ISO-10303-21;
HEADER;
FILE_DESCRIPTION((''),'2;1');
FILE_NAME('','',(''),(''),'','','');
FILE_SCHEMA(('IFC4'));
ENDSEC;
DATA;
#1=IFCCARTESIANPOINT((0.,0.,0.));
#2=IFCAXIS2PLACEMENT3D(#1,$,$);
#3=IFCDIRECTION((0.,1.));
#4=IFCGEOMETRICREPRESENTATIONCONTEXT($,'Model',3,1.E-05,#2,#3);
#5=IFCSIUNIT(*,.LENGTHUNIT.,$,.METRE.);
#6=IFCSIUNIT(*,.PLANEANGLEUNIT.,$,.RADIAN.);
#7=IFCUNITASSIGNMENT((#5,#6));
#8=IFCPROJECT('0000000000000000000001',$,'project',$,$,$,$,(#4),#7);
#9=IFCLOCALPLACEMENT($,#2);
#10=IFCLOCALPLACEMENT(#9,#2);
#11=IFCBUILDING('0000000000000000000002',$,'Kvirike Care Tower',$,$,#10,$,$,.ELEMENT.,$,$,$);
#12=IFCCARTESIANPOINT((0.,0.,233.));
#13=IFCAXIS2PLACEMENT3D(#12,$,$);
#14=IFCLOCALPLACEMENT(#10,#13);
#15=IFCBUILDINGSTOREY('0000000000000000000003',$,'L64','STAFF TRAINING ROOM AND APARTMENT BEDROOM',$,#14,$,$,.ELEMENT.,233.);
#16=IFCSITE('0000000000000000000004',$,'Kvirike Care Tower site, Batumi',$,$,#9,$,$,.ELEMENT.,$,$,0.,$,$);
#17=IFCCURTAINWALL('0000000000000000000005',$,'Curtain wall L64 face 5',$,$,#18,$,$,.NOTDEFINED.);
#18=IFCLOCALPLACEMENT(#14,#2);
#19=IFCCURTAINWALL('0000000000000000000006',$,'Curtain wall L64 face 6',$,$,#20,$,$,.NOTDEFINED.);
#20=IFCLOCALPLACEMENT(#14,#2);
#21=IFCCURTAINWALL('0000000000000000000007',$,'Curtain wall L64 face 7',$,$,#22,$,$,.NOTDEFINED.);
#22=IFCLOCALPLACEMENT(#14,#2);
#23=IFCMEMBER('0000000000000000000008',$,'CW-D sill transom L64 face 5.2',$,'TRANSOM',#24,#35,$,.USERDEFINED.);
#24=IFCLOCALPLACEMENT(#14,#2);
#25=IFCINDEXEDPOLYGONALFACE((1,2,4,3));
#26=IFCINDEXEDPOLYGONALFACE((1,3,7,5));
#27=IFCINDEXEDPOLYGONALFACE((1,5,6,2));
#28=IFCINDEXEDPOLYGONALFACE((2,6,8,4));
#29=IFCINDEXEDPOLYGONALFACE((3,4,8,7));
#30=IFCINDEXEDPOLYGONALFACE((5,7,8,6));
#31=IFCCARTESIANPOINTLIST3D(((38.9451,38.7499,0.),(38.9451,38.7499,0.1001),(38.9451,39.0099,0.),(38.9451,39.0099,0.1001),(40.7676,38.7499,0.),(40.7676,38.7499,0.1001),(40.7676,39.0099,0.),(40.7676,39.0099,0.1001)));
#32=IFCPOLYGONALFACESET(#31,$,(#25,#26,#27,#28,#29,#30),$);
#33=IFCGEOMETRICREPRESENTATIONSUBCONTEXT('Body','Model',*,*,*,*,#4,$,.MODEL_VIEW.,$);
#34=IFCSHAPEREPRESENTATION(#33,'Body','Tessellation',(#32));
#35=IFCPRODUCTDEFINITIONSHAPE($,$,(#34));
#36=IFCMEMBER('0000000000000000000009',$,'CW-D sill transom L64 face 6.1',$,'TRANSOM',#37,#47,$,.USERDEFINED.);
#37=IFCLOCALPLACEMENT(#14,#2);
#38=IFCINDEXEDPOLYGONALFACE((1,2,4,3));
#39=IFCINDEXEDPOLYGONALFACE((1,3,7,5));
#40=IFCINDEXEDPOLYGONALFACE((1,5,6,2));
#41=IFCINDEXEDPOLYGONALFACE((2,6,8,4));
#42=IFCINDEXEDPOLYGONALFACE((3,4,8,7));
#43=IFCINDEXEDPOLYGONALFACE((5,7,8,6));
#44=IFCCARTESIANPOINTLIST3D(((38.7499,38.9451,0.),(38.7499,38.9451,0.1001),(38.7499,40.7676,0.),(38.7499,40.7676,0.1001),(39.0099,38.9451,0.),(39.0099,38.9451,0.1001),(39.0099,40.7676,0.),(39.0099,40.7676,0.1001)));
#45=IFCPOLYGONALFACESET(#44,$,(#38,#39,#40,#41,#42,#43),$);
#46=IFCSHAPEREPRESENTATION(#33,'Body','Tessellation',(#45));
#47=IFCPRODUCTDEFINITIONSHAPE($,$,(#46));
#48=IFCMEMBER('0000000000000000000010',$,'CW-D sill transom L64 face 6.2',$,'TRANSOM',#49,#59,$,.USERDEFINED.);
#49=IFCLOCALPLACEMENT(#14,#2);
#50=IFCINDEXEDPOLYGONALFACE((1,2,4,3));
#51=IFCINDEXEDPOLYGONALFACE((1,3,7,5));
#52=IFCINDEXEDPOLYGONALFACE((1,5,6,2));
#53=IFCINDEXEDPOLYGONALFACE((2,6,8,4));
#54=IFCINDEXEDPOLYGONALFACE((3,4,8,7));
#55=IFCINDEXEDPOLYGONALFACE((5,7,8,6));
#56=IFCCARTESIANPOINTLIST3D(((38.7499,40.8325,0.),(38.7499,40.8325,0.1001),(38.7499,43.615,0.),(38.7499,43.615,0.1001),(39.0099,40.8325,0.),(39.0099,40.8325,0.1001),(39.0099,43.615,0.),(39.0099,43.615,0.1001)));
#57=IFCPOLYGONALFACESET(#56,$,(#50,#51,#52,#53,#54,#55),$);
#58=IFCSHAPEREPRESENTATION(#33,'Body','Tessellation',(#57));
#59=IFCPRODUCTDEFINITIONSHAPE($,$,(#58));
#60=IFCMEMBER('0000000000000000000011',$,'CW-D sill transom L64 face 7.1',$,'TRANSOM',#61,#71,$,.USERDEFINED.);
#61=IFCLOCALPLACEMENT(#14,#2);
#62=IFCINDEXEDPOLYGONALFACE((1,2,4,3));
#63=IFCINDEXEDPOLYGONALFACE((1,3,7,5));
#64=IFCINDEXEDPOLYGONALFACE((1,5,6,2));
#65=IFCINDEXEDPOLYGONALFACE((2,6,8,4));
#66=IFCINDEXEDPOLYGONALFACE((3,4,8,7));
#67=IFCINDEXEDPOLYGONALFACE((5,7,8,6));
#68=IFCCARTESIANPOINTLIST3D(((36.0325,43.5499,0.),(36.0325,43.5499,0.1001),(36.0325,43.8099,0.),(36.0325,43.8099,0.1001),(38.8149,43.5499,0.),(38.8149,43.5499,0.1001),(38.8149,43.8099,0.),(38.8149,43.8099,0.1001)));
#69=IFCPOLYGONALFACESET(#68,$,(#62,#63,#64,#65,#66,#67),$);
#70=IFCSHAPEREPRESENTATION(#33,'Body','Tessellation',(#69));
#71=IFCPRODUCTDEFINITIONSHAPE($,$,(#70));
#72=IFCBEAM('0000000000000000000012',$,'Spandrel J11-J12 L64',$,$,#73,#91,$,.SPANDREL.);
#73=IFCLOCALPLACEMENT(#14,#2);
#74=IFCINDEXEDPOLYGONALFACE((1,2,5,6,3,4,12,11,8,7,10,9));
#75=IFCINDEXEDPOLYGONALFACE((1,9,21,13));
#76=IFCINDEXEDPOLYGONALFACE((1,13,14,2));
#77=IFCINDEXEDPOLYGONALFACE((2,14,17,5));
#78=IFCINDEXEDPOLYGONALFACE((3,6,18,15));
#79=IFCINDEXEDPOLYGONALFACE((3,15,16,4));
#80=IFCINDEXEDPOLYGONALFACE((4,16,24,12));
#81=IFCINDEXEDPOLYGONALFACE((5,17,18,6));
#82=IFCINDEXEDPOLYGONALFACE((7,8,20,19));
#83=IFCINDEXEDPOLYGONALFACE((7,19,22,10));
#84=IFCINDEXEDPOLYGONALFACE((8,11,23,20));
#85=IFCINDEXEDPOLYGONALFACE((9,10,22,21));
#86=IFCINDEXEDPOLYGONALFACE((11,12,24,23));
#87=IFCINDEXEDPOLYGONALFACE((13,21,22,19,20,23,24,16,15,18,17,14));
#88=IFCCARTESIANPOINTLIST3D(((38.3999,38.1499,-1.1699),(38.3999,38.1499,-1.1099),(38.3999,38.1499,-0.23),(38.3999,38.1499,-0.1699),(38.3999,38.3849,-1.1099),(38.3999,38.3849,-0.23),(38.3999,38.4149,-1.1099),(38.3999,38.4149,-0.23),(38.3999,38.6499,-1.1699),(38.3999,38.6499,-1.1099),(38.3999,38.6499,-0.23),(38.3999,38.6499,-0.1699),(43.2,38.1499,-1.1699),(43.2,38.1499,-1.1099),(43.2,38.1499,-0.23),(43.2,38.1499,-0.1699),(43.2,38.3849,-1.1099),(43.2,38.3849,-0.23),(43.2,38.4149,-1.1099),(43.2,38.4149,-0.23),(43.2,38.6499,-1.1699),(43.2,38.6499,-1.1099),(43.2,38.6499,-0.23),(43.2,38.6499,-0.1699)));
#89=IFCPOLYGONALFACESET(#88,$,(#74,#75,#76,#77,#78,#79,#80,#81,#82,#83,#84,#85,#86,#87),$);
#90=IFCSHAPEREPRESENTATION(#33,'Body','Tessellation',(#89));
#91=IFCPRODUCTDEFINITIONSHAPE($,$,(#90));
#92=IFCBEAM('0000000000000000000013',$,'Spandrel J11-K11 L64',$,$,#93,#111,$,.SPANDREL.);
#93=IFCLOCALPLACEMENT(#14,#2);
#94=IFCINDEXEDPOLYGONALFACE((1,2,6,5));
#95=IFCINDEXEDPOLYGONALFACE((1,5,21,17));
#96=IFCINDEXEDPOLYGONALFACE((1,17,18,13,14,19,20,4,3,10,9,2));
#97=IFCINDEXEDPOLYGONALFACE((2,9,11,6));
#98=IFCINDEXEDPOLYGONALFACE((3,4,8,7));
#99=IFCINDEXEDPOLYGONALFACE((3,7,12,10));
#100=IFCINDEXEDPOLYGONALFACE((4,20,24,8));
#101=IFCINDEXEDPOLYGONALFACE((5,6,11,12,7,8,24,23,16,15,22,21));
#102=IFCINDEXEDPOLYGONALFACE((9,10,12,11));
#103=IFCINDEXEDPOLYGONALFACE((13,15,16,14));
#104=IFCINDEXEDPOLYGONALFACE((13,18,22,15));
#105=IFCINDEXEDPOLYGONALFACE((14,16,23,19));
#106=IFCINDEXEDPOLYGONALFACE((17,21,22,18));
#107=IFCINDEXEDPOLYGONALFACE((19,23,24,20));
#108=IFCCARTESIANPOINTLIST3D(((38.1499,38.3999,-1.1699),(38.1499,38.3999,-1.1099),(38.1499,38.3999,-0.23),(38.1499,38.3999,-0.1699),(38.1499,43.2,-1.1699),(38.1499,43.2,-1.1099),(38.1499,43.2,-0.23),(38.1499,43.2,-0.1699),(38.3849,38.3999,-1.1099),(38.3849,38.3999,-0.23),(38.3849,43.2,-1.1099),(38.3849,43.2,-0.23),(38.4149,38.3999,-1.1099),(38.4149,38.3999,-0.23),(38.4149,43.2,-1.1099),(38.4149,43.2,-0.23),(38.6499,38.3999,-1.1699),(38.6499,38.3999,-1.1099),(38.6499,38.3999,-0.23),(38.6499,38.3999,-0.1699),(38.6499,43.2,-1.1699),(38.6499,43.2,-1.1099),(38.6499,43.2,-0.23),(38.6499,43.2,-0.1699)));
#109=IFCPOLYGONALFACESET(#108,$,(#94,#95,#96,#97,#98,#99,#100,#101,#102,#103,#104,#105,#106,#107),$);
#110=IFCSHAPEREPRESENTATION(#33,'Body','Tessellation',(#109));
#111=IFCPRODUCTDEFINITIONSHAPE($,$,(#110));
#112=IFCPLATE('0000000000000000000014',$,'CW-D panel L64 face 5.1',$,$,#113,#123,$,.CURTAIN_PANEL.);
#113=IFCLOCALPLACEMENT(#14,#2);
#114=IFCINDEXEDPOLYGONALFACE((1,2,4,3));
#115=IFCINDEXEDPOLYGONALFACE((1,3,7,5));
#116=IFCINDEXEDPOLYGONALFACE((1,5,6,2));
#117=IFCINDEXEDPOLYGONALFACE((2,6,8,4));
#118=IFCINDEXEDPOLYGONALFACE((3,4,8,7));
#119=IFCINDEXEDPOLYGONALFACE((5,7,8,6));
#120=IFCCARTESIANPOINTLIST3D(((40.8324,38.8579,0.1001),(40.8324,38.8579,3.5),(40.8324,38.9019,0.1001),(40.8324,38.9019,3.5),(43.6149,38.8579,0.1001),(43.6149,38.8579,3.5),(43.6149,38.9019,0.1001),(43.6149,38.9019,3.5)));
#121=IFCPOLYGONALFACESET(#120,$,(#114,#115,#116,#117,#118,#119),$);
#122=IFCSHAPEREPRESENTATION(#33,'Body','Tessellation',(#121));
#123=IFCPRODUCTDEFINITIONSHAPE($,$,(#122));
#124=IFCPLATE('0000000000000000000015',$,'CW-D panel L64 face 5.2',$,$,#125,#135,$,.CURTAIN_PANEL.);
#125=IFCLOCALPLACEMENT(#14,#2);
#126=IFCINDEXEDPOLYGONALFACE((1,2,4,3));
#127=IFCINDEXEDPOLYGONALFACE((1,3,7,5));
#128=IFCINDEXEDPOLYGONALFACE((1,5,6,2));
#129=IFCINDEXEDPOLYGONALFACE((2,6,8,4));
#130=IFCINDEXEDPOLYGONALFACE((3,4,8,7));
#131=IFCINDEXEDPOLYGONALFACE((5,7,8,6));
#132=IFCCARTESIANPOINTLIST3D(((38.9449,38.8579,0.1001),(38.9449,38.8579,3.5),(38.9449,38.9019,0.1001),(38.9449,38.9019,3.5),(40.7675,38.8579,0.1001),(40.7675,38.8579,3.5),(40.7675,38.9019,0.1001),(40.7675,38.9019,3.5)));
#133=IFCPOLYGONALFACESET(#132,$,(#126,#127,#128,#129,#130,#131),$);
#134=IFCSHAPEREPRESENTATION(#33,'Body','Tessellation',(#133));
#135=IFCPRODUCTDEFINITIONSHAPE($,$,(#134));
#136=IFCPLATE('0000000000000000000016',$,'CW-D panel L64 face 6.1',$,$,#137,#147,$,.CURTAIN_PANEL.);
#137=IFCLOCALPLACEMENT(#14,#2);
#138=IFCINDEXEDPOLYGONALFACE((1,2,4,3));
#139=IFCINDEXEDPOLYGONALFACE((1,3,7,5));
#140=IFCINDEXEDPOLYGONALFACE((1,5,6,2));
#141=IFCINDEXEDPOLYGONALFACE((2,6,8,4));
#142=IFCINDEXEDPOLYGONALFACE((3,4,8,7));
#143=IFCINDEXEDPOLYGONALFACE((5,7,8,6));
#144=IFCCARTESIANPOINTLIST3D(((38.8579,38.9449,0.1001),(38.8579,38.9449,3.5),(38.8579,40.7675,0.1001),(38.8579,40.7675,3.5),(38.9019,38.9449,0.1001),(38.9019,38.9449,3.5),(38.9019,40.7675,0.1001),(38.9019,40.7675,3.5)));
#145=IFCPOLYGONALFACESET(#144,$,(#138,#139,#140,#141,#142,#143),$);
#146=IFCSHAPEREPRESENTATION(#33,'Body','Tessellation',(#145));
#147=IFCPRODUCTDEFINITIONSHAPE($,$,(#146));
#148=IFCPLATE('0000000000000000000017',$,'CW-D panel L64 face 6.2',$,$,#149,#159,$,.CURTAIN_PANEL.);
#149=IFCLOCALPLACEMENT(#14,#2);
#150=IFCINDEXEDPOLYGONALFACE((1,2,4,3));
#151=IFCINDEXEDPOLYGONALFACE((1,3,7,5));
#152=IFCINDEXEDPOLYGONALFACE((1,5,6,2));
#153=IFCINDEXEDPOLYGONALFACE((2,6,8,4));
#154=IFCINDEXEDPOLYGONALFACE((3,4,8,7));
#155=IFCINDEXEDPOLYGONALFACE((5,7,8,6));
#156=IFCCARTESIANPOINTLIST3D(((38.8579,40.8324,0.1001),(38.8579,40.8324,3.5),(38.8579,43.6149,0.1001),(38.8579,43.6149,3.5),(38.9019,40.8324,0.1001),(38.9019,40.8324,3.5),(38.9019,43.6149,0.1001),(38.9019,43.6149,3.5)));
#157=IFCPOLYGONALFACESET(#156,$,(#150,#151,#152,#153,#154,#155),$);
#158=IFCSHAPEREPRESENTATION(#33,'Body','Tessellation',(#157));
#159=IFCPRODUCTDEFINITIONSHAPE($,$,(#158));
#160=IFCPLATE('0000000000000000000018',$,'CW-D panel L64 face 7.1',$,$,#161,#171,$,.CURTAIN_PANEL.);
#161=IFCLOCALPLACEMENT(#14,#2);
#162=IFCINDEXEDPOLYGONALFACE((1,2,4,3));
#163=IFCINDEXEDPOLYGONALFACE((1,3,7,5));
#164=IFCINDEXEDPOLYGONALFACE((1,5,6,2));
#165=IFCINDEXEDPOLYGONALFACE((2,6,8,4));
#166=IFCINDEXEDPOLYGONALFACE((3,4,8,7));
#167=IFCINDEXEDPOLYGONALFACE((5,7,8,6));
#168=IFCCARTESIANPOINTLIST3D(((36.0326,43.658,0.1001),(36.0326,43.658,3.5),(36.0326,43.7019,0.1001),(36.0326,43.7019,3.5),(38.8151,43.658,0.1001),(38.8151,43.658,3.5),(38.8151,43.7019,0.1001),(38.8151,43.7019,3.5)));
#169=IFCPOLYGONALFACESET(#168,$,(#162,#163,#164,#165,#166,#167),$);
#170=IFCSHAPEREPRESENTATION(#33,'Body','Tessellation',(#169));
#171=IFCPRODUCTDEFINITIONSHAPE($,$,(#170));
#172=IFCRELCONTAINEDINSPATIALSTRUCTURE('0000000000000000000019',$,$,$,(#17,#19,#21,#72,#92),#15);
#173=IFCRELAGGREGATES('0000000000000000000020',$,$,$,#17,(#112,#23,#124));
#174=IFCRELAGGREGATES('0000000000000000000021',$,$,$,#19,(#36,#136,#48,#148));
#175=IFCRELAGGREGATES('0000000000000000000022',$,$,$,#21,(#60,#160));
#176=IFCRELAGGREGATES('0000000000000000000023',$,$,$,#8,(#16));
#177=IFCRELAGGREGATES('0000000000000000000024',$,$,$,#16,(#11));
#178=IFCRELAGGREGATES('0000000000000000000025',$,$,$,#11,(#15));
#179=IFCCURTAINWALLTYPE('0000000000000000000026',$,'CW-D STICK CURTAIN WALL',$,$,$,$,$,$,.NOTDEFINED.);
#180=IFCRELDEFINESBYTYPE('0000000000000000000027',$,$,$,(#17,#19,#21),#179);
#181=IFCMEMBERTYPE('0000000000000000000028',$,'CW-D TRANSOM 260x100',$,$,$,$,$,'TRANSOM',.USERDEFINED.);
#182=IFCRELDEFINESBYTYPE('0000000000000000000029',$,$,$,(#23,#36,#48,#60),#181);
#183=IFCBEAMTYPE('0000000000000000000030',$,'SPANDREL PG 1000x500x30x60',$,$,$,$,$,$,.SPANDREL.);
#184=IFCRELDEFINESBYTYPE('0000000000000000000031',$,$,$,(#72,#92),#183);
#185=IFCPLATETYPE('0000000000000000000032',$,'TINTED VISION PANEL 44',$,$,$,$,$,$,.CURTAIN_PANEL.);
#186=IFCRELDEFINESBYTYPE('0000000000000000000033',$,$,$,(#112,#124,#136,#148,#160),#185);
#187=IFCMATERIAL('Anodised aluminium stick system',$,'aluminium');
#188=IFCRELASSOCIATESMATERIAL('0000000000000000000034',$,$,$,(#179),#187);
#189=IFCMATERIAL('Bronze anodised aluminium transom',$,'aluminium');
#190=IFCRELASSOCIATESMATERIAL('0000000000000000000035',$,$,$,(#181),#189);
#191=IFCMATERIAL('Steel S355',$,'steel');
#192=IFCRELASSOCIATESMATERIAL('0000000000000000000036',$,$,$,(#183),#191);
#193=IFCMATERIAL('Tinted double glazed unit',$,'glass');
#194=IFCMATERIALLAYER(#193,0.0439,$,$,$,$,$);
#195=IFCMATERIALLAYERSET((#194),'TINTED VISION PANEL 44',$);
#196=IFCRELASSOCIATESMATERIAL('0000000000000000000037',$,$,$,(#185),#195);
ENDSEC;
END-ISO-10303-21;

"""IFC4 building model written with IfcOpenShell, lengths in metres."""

from ifc_helpers import new_model, si_unit, direction, frame, origin, origin_2d, place, context, subcontext, project, spatial, rectangle, i_section, extrude, material, layer, layer_set, material_profile, profile_set, type_object, element, aggregate, save


model = new_model("IFC4")

# Units and contexts
model_context = context("Model", 3, precision=1e-05, world=origin(), true_north=direction((0.0, 1.0)))
body_context = subcontext(model_context, "Body", "Model", "MODEL_VIEW")
ifc_project = project(units=[si_unit("LENGTHUNIT", "METRE"), si_unit("PLANEANGLEUNIT", "RADIAN")], contexts=[model_context])

# Site, building, storey
site_placement = place(None, origin())
site = spatial("IfcSite", under=ifc_project, at=site_placement, Name="Kvirike Care Tower site, Batumi", CompositionType="ELEMENT", RefElevation=0.0)
building_placement = place(site_placement, origin())
building = spatial("IfcBuilding", under=site, at=building_placement, Name="Kvirike Care Tower", CompositionType="ELEMENT")
storey_placement = place(building_placement, frame((0.0, 0.0, 233.0)))
storey = spatial("IfcBuildingStorey", under=building, at=storey_placement, Name="L64", Description="STAFF TRAINING ROOM AND APARTMENT BEDROOM", CompositionType="ELEMENT", Elevation=233.0)

# Curtain walls
ifc_material_1 = material(Name="Anodised aluminium stick system", Category="aluminium")
curtain_wall_type = type_object("IfcCurtainWallType", Name="CW-D STICK CURTAIN WALL", PredefinedType="NOTDEFINED", material=ifc_material_1)
curtain_wall_1_placement = place(storey_placement, origin())
curtain_wall_1 = element("IfcCurtainWall", 1, at=curtain_wall_1_placement, inside=storey, type_object=curtain_wall_type, Name="Curtain wall L64 face 5", PredefinedType="NOTDEFINED")
curtain_wall_2_placement = place(storey_placement, origin())
curtain_wall_2 = element("IfcCurtainWall", 2, at=curtain_wall_2_placement, inside=storey, type_object=curtain_wall_type, Name="Curtain wall L64 face 6", PredefinedType="NOTDEFINED")

# Curtain wall
curtain_wall_3_placement = place(storey_placement, origin())
curtain_wall_3 = element("IfcCurtainWall", 3, at=curtain_wall_3_placement, inside=storey, type_object=curtain_wall_type, Name="Curtain wall L64 face 7", PredefinedType="NOTDEFINED")

# Members
ifc_material_2 = material(Name="Bronze anodised aluminium transom", Category="aluminium")
ifc_material_profile_1 = material_profile(ifc_material_2, rectangle(XDim=0.26, YDim=0.1001, at=origin_2d()), Name="CW-D TRANSOM 260x100")
ifc_profile_set_1 = profile_set([ifc_material_profile_1], Name="Bronze anodised aluminium transom")
member_type_1 = type_object("IfcMemberType", Name="CW-D TRANSOM 260x100", ElementType="TRANSOM", PredefinedType="USERDEFINED", material=ifc_profile_set_1)
member_1_placement = place(storey_placement, frame((40.7676, 38.8799, 0.05), z_axis=(-1.0, 0.0, 0.0), x_axis=(0.0, -1.0, 0.0)))
member_1 = element("IfcMember", 4, at=member_1_placement, type_object=member_type_1, Name="CW-D sill transom L64 face 5.2", ObjectType="TRANSOM", PredefinedType="USERDEFINED", context=body_context, shape_type="SweptSolid", body=[
    extrude(rectangle(XDim=0.26, YDim=0.1001, at=origin_2d()), origin(), (0.0, 0.0, 1.0), 1.8225),
])
member_2_placement = place(storey_placement, frame((38.8799, 38.9451, 0.05), z_axis=(0.0, 1.0, 0.0), x_axis=(-1.0, 0.0, 0.0)))
member_2 = element("IfcMember", 5, at=member_2_placement, type_object=member_type_1, Name="CW-D sill transom L64 face 6.1", ObjectType="TRANSOM", PredefinedType="USERDEFINED", context=body_context, shape_type="SweptSolid", body=[
    extrude(rectangle(XDim=0.26, YDim=0.1001, at=origin_2d()), origin(), (0.0, 0.0, 1.0), 1.8225),
])
member_3_placement = place(storey_placement, frame((38.8799, 40.8325, 0.05), z_axis=(0.0, 1.0, 0.0), x_axis=(-1.0, 0.0, 0.0)))
member_3 = element("IfcMember", 6, at=member_3_placement, type_object=member_type_1, Name="CW-D sill transom L64 face 6.2", ObjectType="TRANSOM", PredefinedType="USERDEFINED", context=body_context, shape_type="SweptSolid", body=[
    extrude(rectangle(XDim=0.26, YDim=0.1001, at=origin_2d()), origin(), (0.0, 0.0, 1.0), 2.7825),
])
member_4_placement = place(storey_placement, frame((38.8149, 43.6799, 0.05), z_axis=(-1.0, 0.0, 0.0), x_axis=(0.0, -1.0, 0.0)))
member_4 = element("IfcMember", 7, at=member_4_placement, type_object=member_type_1, Name="CW-D sill transom L64 face 7.1", ObjectType="TRANSOM", PredefinedType="USERDEFINED", context=body_context, shape_type="SweptSolid", body=[
    extrude(rectangle(XDim=0.26, YDim=0.1001, at=origin_2d()), origin(), (0.0, 0.0, 1.0), 2.7825),
])

# Beams
ifc_material_3 = material(Name="Steel S355", Category="steel")
ifc_material_profile_2 = material_profile(ifc_material_3, i_section(OverallWidth=0.5, OverallDepth=1.0, WebThickness=0.03, FlangeThickness=0.0601, at=origin_2d()), Name="PG 1000x500x30x60")
ifc_profile_set_2 = profile_set([ifc_material_profile_2], Name="Steel S355")
beam_type = type_object("IfcBeamType", Name="SPANDREL PG 1000x500x30x60", PredefinedType="SPANDREL", material=ifc_profile_set_2)
for number, where, z_axis, x_axis, name in (
    (8, (38.3999, 38.3999, -0.6699), (1.0, 0.0, 0.0), (0.0, 1.0, 0.0), "Spandrel J11-J12 L64"),
    (9, (38.3999, 38.3999, -0.6699), (0.0, 1.0, 0.0), (-1.0, 0.0, 0.0), "Spandrel J11-K11 L64"),
):
    element("IfcBeam", number, at=place(storey_placement, frame(where, z_axis=z_axis, x_axis=x_axis)), inside=storey, type_object=beam_type, Name=name, PredefinedType="SPANDREL", context=body_context, shape_type="SweptSolid", body=[
        extrude(i_section(OverallWidth=0.5, OverallDepth=1.0, WebThickness=0.03, FlangeThickness=0.0601, at=origin_2d()), origin(), (0.0, 0.0, 1.0), 4.8),
    ])

# Plates
ifc_material_4 = material(Name="Tinted double glazed unit", Category="glass")
ifc_layer_1 = layer(ifc_material_4, 0.0439)
ifc_layer_set_1 = layer_set([ifc_layer_1], Name="TINTED VISION PANEL 44")
plate_type = type_object("IfcPlateType", Name="TINTED VISION PANEL 44", PredefinedType="CURTAIN_PANEL", material=ifc_layer_set_1)
plate_1_placement = place(storey_placement, frame((42.2236, 38.8799, 0.1001), z_axis=(0.0, 0.0, 1.0), x_axis=(-1.0, 0.0, 0.0)))
plate_1 = element("IfcPlate", 10, at=plate_1_placement, type_object=plate_type, Name="CW-D panel L64 face 5.1", PredefinedType="CURTAIN_PANEL", context=body_context, shape_type="SweptSolid", body=[
    extrude(rectangle(XDim=2.7825, YDim=0.0439, at=origin_2d()), origin(), (0.0, 0.0, 1.0), 3.3999),
])
plate_2_placement = place(storey_placement, frame((39.8562, 38.8799, 0.1001), z_axis=(0.0, 0.0, 1.0), x_axis=(-1.0, 0.0, 0.0)))
plate_2 = element("IfcPlate", 11, at=plate_2_placement, type_object=plate_type, Name="CW-D panel L64 face 5.2", PredefinedType="CURTAIN_PANEL", context=body_context, shape_type="SweptSolid", body=[
    extrude(rectangle(XDim=1.8225, YDim=0.0439, at=origin_2d()), origin(), (0.0, 0.0, 1.0), 3.3999),
])
aggregate(curtain_wall_1, [plate_1, member_1, plate_2])
plate_3_placement = place(storey_placement, frame((38.8799, 39.8562, 0.1001), z_axis=(0.0, 0.0, 1.0), x_axis=(0.0, 1.0, 0.0)))
plate_3 = element("IfcPlate", 12, at=plate_3_placement, type_object=plate_type, Name="CW-D panel L64 face 6.1", PredefinedType="CURTAIN_PANEL", context=body_context, shape_type="SweptSolid", body=[
    extrude(rectangle(XDim=1.8225, YDim=0.0439, at=origin_2d()), origin(), (0.0, 0.0, 1.0), 3.3999),
])
plate_4_placement = place(storey_placement, frame((38.8799, 42.2236, 0.1001), z_axis=(0.0, 0.0, 1.0), x_axis=(0.0, 1.0, 0.0)))
plate_4 = element("IfcPlate", 13, at=plate_4_placement, type_object=plate_type, Name="CW-D panel L64 face 6.2", PredefinedType="CURTAIN_PANEL", context=body_context, shape_type="SweptSolid", body=[
    extrude(rectangle(XDim=2.7825, YDim=0.0439, at=origin_2d()), origin(), (0.0, 0.0, 1.0), 3.3999),
])
aggregate(curtain_wall_2, [member_2, plate_3, member_3, plate_4])
plate_5_placement = place(storey_placement, frame((37.4238, 43.6799, 0.1001), z_axis=(0.0, 0.0, 1.0), x_axis=(-1.0, 0.0, 0.0)))
plate_5 = element("IfcPlate", 14, at=plate_5_placement, type_object=plate_type, Name="CW-D panel L64 face 7.1", PredefinedType="CURTAIN_PANEL", context=body_context, shape_type="SweptSolid", body=[
    extrude(rectangle(XDim=2.7825, YDim=0.0439, at=origin_2d()), origin(), (0.0, 0.0, 1.0), 3.3999),
])
aggregate(curtain_wall_3, [member_4, plate_5])

save(model, "model.ifc")
